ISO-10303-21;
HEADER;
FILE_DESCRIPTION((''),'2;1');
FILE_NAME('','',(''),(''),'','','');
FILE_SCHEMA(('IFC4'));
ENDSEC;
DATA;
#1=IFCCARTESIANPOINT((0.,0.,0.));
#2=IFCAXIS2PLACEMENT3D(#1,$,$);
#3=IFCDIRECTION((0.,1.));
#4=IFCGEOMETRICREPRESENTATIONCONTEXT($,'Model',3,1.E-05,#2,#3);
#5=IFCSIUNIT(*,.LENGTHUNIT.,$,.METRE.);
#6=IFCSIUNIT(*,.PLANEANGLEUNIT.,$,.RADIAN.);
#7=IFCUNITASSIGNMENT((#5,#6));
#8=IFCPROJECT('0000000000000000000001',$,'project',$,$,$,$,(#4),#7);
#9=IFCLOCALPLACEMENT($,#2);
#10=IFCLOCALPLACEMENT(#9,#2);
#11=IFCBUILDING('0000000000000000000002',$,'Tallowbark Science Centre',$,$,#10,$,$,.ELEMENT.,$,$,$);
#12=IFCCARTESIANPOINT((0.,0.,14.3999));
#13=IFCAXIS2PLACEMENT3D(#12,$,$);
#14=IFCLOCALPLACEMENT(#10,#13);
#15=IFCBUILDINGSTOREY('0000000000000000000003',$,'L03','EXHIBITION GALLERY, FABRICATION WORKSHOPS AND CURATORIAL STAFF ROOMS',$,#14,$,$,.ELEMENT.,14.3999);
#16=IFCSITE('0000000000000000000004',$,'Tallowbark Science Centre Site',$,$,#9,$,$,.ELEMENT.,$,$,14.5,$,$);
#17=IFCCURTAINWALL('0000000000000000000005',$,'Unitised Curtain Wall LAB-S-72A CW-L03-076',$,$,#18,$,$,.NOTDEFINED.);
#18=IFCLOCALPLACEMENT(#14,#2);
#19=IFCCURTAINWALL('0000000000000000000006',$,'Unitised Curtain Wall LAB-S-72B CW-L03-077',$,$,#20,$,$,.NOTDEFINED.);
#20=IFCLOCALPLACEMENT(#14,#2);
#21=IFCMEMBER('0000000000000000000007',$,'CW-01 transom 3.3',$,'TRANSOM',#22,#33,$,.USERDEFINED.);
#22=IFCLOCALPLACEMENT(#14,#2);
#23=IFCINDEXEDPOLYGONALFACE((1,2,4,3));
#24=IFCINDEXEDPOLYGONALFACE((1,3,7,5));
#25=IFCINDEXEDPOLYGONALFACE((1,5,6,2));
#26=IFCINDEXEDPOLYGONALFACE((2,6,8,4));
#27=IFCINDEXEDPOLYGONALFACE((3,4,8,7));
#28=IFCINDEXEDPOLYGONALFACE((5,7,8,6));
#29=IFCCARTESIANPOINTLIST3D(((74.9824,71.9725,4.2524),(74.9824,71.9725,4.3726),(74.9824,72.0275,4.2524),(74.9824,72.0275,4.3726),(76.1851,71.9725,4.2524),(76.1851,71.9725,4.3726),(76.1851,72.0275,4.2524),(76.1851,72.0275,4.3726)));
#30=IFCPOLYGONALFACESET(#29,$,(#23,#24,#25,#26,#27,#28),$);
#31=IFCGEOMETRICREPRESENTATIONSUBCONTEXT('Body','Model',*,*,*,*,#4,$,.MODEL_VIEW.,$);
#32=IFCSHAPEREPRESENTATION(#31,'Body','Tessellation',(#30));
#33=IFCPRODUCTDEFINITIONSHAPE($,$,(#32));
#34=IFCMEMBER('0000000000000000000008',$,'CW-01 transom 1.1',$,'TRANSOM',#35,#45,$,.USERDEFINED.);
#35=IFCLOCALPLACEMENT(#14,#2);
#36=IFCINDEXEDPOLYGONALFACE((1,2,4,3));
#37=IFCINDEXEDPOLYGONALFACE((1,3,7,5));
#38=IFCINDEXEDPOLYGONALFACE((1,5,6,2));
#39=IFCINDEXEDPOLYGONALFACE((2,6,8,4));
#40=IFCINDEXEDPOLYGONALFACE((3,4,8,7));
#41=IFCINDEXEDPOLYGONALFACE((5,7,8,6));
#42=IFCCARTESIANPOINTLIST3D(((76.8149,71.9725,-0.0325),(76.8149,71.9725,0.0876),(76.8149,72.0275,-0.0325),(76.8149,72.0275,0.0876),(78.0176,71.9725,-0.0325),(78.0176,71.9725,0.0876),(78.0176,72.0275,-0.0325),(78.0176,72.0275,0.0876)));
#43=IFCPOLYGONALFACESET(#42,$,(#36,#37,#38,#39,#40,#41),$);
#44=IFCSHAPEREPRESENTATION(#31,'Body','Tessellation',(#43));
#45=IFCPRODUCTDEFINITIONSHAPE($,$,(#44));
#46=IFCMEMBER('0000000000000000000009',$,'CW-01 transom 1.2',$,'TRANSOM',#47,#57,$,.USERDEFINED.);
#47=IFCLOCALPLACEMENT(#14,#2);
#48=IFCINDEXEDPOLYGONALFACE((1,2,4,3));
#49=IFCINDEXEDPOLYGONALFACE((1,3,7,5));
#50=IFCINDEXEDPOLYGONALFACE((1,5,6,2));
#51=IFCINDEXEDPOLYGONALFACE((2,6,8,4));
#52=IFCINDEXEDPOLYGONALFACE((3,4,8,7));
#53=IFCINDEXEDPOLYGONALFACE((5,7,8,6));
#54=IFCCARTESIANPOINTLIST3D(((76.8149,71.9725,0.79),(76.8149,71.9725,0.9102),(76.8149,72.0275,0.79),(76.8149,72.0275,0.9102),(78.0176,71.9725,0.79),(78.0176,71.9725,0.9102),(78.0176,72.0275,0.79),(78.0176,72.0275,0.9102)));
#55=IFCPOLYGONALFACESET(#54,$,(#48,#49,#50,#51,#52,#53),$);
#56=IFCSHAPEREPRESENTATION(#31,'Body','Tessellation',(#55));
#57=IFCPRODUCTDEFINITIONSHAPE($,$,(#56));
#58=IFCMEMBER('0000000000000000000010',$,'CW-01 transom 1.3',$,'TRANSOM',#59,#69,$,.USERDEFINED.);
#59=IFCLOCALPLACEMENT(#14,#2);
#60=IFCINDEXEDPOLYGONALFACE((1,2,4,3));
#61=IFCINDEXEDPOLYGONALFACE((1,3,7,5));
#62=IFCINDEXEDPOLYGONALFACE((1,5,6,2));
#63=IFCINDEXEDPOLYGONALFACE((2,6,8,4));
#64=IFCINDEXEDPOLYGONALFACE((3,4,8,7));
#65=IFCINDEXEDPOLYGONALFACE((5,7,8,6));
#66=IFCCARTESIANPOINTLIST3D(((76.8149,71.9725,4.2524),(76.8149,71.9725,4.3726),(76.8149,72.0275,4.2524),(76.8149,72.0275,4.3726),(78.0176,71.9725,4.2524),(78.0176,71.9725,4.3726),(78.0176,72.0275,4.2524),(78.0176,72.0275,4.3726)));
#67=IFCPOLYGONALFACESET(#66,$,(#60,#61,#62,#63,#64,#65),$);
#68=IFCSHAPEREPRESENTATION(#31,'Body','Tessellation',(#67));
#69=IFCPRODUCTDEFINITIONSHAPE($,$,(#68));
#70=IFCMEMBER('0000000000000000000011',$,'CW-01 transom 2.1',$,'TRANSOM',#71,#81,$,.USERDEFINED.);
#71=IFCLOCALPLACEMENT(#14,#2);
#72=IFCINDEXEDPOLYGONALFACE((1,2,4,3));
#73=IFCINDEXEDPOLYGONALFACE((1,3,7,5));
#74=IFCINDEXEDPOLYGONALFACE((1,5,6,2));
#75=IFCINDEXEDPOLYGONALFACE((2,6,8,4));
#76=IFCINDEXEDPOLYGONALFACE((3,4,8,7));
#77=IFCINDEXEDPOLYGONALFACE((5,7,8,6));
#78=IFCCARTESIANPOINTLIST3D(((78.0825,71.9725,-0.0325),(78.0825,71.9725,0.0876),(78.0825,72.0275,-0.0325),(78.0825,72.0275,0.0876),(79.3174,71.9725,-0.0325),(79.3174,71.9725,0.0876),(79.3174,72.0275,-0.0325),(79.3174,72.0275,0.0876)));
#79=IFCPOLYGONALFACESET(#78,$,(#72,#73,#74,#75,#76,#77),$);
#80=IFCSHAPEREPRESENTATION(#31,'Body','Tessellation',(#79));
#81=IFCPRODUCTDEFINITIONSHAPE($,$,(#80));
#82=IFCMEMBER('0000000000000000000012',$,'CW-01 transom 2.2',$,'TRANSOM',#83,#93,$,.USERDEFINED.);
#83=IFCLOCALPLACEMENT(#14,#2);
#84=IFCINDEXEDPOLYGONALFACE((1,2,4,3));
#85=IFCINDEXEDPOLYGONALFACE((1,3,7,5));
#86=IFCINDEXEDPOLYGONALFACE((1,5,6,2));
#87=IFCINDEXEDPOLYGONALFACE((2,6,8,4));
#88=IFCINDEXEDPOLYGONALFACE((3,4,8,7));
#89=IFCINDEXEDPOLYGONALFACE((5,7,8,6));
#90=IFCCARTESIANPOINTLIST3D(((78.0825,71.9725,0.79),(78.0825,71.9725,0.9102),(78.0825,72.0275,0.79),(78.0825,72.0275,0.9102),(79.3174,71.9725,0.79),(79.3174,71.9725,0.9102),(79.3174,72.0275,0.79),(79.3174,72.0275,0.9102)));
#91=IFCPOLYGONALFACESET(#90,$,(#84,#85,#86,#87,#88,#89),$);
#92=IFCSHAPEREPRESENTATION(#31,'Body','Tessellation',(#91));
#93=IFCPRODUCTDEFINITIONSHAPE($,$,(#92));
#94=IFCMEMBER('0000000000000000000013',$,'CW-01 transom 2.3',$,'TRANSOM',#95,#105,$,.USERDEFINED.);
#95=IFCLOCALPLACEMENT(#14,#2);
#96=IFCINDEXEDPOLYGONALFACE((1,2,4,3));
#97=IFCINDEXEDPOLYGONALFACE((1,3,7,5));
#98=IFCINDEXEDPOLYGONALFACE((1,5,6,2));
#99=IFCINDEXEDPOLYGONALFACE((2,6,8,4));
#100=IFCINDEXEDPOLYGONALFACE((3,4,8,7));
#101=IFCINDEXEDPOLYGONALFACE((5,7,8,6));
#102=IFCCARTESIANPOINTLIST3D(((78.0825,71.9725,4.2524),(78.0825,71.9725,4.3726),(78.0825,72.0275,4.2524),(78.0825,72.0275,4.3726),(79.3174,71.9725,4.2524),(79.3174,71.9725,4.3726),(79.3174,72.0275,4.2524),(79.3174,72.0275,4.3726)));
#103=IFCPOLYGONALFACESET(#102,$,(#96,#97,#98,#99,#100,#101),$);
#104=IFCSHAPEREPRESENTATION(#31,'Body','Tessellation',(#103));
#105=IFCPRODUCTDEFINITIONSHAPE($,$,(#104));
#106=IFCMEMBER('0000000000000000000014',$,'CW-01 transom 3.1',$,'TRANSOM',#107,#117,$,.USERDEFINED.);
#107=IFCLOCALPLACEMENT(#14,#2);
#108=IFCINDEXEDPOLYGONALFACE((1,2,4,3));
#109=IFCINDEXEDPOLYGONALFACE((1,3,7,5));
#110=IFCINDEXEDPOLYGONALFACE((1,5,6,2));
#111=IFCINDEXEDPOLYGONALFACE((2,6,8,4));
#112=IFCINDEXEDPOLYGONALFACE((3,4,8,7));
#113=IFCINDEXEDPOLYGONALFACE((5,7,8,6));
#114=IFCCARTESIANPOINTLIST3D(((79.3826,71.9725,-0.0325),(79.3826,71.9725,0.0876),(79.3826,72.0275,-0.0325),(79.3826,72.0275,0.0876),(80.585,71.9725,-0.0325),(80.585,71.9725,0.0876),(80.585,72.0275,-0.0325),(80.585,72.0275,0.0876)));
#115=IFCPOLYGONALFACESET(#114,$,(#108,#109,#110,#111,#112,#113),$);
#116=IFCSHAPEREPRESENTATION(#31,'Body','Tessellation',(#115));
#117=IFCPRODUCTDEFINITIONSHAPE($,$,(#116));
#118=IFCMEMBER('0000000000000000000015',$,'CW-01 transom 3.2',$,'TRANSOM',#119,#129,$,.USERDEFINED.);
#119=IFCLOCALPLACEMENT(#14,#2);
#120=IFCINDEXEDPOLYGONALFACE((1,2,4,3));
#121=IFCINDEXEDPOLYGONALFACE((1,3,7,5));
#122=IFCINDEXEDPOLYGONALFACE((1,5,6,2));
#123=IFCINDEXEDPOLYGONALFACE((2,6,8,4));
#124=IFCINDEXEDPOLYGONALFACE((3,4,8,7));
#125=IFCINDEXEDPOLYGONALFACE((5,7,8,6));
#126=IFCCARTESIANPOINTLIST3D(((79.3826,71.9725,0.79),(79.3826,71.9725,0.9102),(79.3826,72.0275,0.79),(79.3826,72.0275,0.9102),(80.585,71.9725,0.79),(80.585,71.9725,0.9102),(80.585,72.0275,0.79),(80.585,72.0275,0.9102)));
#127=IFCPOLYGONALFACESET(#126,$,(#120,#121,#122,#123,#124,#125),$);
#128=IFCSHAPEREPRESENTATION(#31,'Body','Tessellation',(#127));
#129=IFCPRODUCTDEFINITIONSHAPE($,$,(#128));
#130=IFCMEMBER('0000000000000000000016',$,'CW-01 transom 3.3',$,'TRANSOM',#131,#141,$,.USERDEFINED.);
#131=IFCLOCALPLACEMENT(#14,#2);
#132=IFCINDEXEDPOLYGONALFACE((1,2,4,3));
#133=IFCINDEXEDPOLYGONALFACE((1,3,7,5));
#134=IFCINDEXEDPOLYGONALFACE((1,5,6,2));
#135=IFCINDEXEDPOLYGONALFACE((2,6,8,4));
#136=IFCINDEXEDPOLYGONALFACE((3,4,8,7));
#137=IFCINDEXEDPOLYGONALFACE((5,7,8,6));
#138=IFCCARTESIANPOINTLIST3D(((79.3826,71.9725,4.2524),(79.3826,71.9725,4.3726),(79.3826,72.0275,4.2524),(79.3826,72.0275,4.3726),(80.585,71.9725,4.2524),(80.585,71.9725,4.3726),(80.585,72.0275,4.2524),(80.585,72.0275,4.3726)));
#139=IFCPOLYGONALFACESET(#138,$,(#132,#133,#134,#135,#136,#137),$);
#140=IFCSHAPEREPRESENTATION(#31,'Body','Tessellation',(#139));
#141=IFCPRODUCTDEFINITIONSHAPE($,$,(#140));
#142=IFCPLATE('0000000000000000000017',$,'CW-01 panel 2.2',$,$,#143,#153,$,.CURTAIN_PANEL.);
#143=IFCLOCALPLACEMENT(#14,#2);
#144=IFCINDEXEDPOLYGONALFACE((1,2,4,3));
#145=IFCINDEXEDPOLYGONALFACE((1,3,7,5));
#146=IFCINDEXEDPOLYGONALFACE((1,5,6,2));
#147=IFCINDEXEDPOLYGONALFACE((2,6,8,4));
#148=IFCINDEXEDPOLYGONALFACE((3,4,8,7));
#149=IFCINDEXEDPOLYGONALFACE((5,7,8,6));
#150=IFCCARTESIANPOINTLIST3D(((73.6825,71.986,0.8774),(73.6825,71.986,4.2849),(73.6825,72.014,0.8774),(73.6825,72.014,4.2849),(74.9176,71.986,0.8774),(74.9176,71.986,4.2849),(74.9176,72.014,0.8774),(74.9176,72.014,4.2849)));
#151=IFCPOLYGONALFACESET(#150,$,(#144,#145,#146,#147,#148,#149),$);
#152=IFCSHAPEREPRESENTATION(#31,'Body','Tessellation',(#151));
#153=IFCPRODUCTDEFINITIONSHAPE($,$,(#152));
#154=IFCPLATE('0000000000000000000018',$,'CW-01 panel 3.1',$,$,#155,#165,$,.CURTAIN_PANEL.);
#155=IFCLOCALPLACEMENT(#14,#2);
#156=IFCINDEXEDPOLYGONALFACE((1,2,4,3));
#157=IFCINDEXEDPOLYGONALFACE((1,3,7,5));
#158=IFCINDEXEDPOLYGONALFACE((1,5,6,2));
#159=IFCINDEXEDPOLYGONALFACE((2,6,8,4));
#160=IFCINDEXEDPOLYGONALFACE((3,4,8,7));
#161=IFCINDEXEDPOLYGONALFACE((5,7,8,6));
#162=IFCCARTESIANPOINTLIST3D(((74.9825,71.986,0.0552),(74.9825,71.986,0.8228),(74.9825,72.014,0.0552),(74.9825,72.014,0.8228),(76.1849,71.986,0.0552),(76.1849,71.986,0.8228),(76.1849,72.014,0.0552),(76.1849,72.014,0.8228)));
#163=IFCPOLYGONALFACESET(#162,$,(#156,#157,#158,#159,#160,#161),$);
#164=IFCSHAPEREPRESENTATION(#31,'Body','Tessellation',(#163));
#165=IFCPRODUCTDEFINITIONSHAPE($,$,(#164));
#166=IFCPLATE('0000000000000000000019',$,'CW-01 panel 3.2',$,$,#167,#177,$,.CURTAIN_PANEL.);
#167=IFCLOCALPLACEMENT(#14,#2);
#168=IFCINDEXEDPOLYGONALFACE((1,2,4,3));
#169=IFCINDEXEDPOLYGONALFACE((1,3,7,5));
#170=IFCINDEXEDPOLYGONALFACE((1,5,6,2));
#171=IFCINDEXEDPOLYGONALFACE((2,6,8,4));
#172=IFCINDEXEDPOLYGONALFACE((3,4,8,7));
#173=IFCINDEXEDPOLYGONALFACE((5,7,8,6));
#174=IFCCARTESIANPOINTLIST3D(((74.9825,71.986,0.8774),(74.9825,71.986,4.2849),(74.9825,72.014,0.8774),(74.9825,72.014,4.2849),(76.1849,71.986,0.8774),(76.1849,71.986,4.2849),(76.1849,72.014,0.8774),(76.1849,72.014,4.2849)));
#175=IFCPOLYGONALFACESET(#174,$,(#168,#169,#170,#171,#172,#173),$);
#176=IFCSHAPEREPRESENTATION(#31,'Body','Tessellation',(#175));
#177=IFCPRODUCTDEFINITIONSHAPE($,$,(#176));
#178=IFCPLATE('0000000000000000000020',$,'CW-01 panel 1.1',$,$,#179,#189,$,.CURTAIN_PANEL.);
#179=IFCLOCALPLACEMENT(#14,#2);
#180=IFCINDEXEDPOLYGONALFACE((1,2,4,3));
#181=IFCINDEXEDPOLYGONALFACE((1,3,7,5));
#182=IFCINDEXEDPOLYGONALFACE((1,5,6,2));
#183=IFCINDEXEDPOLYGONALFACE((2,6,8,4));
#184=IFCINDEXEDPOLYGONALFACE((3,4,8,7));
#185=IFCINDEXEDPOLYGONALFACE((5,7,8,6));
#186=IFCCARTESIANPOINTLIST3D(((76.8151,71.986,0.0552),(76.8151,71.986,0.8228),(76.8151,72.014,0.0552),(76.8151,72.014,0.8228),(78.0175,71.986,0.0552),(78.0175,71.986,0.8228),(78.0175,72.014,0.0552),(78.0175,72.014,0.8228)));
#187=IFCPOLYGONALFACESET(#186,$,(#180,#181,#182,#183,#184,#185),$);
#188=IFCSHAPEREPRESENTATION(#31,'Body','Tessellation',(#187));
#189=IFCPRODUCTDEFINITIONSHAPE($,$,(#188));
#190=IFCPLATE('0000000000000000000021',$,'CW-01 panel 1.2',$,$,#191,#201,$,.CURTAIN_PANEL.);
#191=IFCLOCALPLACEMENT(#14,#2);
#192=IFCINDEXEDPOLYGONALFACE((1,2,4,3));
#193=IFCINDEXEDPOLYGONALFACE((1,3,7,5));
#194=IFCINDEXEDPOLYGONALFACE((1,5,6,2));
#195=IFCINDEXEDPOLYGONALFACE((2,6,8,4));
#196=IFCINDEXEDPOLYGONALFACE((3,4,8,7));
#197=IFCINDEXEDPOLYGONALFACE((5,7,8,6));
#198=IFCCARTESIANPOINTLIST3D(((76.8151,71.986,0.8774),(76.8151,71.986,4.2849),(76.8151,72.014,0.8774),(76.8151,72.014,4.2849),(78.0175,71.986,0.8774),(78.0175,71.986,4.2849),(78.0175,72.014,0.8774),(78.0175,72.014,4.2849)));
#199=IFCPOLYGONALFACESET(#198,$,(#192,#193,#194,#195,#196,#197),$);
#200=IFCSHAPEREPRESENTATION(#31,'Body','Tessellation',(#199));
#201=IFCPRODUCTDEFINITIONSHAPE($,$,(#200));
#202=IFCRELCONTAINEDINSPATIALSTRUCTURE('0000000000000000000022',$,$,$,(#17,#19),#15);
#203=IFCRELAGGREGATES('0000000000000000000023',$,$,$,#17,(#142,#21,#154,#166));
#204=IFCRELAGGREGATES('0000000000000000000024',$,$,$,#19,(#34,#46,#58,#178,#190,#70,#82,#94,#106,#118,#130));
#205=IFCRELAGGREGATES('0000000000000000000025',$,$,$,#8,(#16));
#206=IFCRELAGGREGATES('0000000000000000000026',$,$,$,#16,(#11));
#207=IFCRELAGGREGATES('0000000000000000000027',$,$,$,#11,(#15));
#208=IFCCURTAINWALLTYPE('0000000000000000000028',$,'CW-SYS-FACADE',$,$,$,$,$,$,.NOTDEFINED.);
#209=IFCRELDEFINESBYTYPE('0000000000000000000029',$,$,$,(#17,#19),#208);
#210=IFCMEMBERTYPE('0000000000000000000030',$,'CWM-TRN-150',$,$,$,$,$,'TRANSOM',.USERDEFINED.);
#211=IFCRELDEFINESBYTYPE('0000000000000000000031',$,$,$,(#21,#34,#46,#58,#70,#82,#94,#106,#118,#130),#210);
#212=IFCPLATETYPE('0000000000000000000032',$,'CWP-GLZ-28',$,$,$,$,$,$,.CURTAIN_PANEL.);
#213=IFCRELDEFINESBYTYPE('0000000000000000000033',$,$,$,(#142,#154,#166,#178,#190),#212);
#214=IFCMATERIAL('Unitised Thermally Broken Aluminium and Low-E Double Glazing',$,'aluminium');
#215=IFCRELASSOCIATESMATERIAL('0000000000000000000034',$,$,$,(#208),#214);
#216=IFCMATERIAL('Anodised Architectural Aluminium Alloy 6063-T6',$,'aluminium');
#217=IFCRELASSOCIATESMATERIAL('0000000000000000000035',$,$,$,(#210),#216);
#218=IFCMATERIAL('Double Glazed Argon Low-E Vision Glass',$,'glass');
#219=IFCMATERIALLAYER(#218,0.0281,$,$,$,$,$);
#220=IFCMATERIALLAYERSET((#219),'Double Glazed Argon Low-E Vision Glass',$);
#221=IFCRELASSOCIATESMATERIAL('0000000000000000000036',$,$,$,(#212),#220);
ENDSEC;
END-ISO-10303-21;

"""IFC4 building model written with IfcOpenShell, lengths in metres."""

from ifc_helpers import new_model, si_unit, direction, frame, origin, origin_2d, place, context, subcontext, project, spatial, rectangle, extrude, material, layer, layer_set, material_profile, profile_set, type_object, element, aggregate, save


model = new_model("IFC4")

# Units and contexts
model_context = context("Model", 3, precision=1e-05, world=origin(), true_north=direction((0.0, 1.0)))
body_context = subcontext(model_context, "Body", "Model", "MODEL_VIEW")
ifc_project = project(units=[si_unit("LENGTHUNIT", "METRE"), si_unit("PLANEANGLEUNIT", "RADIAN")], contexts=[model_context])

# Site, building, storey
site_placement = place(None, origin())
site = spatial("IfcSite", under=ifc_project, at=site_placement, Name="Tallowbark Science Centre Site", CompositionType="ELEMENT", RefElevation=14.5)
building_placement = place(site_placement, origin())
building = spatial("IfcBuilding", under=site, at=building_placement, Name="Tallowbark Science Centre", CompositionType="ELEMENT")
storey_placement = place(building_placement, frame((0.0, 0.0, 14.3999)))
storey = spatial("IfcBuildingStorey", under=building, at=storey_placement, Name="L03", Description="EXHIBITION GALLERY, FABRICATION WORKSHOPS AND CURATORIAL STAFF ROOMS", CompositionType="ELEMENT", Elevation=14.3999)

# Curtain walls
ifc_material_1 = material(Name="Unitised Thermally Broken Aluminium and Low-E Double Glazing", Category="aluminium")
curtain_wall_type = type_object("IfcCurtainWallType", Name="CW-SYS-FACADE", PredefinedType="NOTDEFINED", material=ifc_material_1)
curtain_wall_1_placement = place(storey_placement, origin())
curtain_wall_1 = element("IfcCurtainWall", 1, at=curtain_wall_1_placement, inside=storey, type_object=curtain_wall_type, Name="Unitised Curtain Wall LAB-S-72A CW-L03-076", PredefinedType="NOTDEFINED")
ifc_material_2 = material(Name="Anodised Architectural Aluminium Alloy 6063-T6", Category="aluminium")
curtain_wall_2_placement = place(storey_placement, origin())
curtain_wall_2 = element("IfcCurtainWall", 2, at=curtain_wall_2_placement, inside=storey, type_object=curtain_wall_type, Name="Unitised Curtain Wall LAB-S-72B CW-L03-077", PredefinedType="NOTDEFINED")

# Members
ifc_material_profile_1 = material_profile(ifc_material_2, rectangle(XDim=0.0549, YDim=0.1201, at=origin_2d()), Name="ALU55x120")
ifc_profile_set_1 = profile_set([ifc_material_profile_1], Name="Anodised Architectural Aluminium Alloy 6063-T6")
member_type_1 = type_object("IfcMemberType", Name="CWM-TRN-150", ElementType="TRANSOM", PredefinedType="USERDEFINED", material=ifc_profile_set_1)
member_1_placement = place(storey_placement, frame((74.9824, 72.0, 4.3125), z_axis=(1.0, 0.0, 0.0), x_axis=(0.0, 1.0, 0.0)))
member_1 = element("IfcMember", 3, at=member_1_placement, type_object=member_type_1, Name="CW-01 transom 3.3", ObjectType="TRANSOM", PredefinedType="USERDEFINED", context=body_context, shape_type="SweptSolid", body=[
    extrude(rectangle(XDim=0.0549, YDim=0.1201, at=origin_2d()), origin(), (0.0, 0.0, 1.0), 1.2026),
])
member_2_placement = place(storey_placement, frame((76.8149, 72.0, 0.0276), z_axis=(1.0, 0.0, 0.0), x_axis=(0.0, 1.0, 0.0)))
member_2 = element("IfcMember", 4, at=member_2_placement, type_object=member_type_1, Name="CW-01 transom 1.1", ObjectType="TRANSOM", PredefinedType="USERDEFINED", context=body_context, shape_type="SweptSolid", body=[
    extrude(rectangle(XDim=0.0549, YDim=0.1201, at=origin_2d()), origin(), (0.0, 0.0, 1.0), 1.2026),
])
member_3_placement = place(storey_placement, frame((76.8149, 72.0, 0.8501), z_axis=(1.0, 0.0, 0.0), x_axis=(0.0, 1.0, 0.0)))
member_3 = element("IfcMember", 5, at=member_3_placement, type_object=member_type_1, Name="CW-01 transom 1.2", ObjectType="TRANSOM", PredefinedType="USERDEFINED", context=body_context, shape_type="SweptSolid", body=[
    extrude(rectangle(XDim=0.0549, YDim=0.1201, at=origin_2d()), origin(), (0.0, 0.0, 1.0), 1.2026),
])
member_4_placement = place(storey_placement, frame((76.8149, 72.0, 4.3125), z_axis=(1.0, 0.0, 0.0), x_axis=(0.0, 1.0, 0.0)))
member_4 = element("IfcMember", 6, at=member_4_placement, type_object=member_type_1, Name="CW-01 transom 1.3", ObjectType="TRANSOM", PredefinedType="USERDEFINED", context=body_context, shape_type="SweptSolid", body=[
    extrude(rectangle(XDim=0.0549, YDim=0.1201, at=origin_2d()), origin(), (0.0, 0.0, 1.0), 1.2026),
])
member_5_placement = place(storey_placement, frame((78.0825, 72.0, 0.0276), z_axis=(1.0, 0.0, 0.0), x_axis=(0.0, 1.0, 0.0)))
member_5 = element("IfcMember", 7, at=member_5_placement, type_object=member_type_1, Name="CW-01 transom 2.1", ObjectType="TRANSOM", PredefinedType="USERDEFINED", context=body_context, shape_type="SweptSolid", body=[
    extrude(rectangle(XDim=0.0549, YDim=0.1201, at=origin_2d()), origin(), (0.0, 0.0, 1.0), 1.2349),
])
member_6_placement = place(storey_placement, frame((78.0825, 72.0, 0.8501), z_axis=(1.0, 0.0, 0.0), x_axis=(0.0, 1.0, 0.0)))
member_6 = element("IfcMember", 8, at=member_6_placement, type_object=member_type_1, Name="CW-01 transom 2.2", ObjectType="TRANSOM", PredefinedType="USERDEFINED", context=body_context, shape_type="SweptSolid", body=[
    extrude(rectangle(XDim=0.0549, YDim=0.1201, at=origin_2d()), origin(), (0.0, 0.0, 1.0), 1.2349),
])
member_7_placement = place(storey_placement, frame((78.0825, 72.0, 4.3125), z_axis=(1.0, 0.0, 0.0), x_axis=(0.0, 1.0, 0.0)))
member_7 = element("IfcMember", 9, at=member_7_placement, type_object=member_type_1, Name="CW-01 transom 2.3", ObjectType="TRANSOM", PredefinedType="USERDEFINED", context=body_context, shape_type="SweptSolid", body=[
    extrude(rectangle(XDim=0.0549, YDim=0.1201, at=origin_2d()), origin(), (0.0, 0.0, 1.0), 1.2349),
])
member_8_placement = place(storey_placement, frame((79.3826, 72.0, 0.0276), z_axis=(1.0, 0.0, 0.0), x_axis=(0.0, 1.0, 0.0)))
member_8 = element("IfcMember", 10, at=member_8_placement, type_object=member_type_1, Name="CW-01 transom 3.1", ObjectType="TRANSOM", PredefinedType="USERDEFINED", context=body_context, shape_type="SweptSolid", body=[
    extrude(rectangle(XDim=0.0549, YDim=0.1201, at=origin_2d()), origin(), (0.0, 0.0, 1.0), 1.2024),
])
member_9_placement = place(storey_placement, frame((79.3826, 72.0, 0.8501), z_axis=(1.0, 0.0, 0.0), x_axis=(0.0, 1.0, 0.0)))
member_9 = element("IfcMember", 11, at=member_9_placement, type_object=member_type_1, Name="CW-01 transom 3.2", ObjectType="TRANSOM", PredefinedType="USERDEFINED", context=body_context, shape_type="SweptSolid", body=[
    extrude(rectangle(XDim=0.0549, YDim=0.1201, at=origin_2d()), origin(), (0.0, 0.0, 1.0), 1.2024),
])
member_10_placement = place(storey_placement, frame((79.3826, 72.0, 4.3125), z_axis=(1.0, 0.0, 0.0), x_axis=(0.0, 1.0, 0.0)))
member_10 = element("IfcMember", 12, at=member_10_placement, type_object=member_type_1, Name="CW-01 transom 3.3", ObjectType="TRANSOM", PredefinedType="USERDEFINED", context=body_context, shape_type="SweptSolid", body=[
    extrude(rectangle(XDim=0.0549, YDim=0.1201, at=origin_2d()), origin(), (0.0, 0.0, 1.0), 1.2024),
])

# Plates
ifc_material_3 = material(Name="Double Glazed Argon Low-E Vision Glass", Category="glass")
ifc_layer_1 = layer(ifc_material_3, 0.0281)
ifc_layer_set_1 = layer_set([ifc_layer_1], Name="Double Glazed Argon Low-E Vision Glass")
plate_type = type_object("IfcPlateType", Name="CWP-GLZ-28", PredefinedType="CURTAIN_PANEL", material=ifc_layer_set_1)
plate_1_placement = place(storey_placement, frame((74.3, 72.0, 0.8774), z_axis=(0.0, 0.0, 1.0), x_axis=(1.0, 0.0, 0.0)))
plate_1 = element("IfcPlate", 13, at=plate_1_placement, type_object=plate_type, Name="CW-01 panel 2.2", PredefinedType="CURTAIN_PANEL", context=body_context, shape_type="SweptSolid", body=[
    extrude(rectangle(XDim=1.2351, YDim=0.0281, at=origin_2d()), origin(), (0.0, 0.0, 1.0), 3.4075),
])
plate_2_placement = place(storey_placement, frame((75.5837, 72.0, 0.0552), z_axis=(0.0, 0.0, 1.0), x_axis=(1.0, 0.0, 0.0)))
plate_2 = element("IfcPlate", 14, at=plate_2_placement, type_object=plate_type, Name="CW-01 panel 3.1", PredefinedType="CURTAIN_PANEL", context=body_context, shape_type="SweptSolid", body=[
    extrude(rectangle(XDim=1.2024, YDim=0.0281, at=origin_2d()), origin(), (0.0, 0.0, 1.0), 0.7676),
])
plate_3_placement = place(storey_placement, frame((75.5837, 72.0, 0.8774), z_axis=(0.0, 0.0, 1.0), x_axis=(1.0, 0.0, 0.0)))
plate_3 = element("IfcPlate", 15, at=plate_3_placement, type_object=plate_type, Name="CW-01 panel 3.2", PredefinedType="CURTAIN_PANEL", context=body_context, shape_type="SweptSolid", body=[
    extrude(rectangle(XDim=1.2024, YDim=0.0281, at=origin_2d()), origin(), (0.0, 0.0, 1.0), 3.4075),
])
aggregate(curtain_wall_1, [plate_1, member_1, plate_2, plate_3])
plate_4_placement = place(storey_placement, frame((77.4163, 72.0, 0.0552), z_axis=(0.0, 0.0, 1.0), x_axis=(1.0, 0.0, 0.0)))
plate_4 = element("IfcPlate", 16, at=plate_4_placement, type_object=plate_type, Name="CW-01 panel 1.1", PredefinedType="CURTAIN_PANEL", context=body_context, shape_type="SweptSolid", body=[
    extrude(rectangle(XDim=1.2024, YDim=0.0281, at=origin_2d()), origin(), (0.0, 0.0, 1.0), 0.7676),
])
plate_5_placement = place(storey_placement, frame((77.4163, 72.0, 0.8774), z_axis=(0.0, 0.0, 1.0), x_axis=(1.0, 0.0, 0.0)))
plate_5 = element("IfcPlate", 17, at=plate_5_placement, type_object=plate_type, Name="CW-01 panel 1.2", PredefinedType="CURTAIN_PANEL", context=body_context, shape_type="SweptSolid", body=[
    extrude(rectangle(XDim=1.2024, YDim=0.0281, at=origin_2d()), origin(), (0.0, 0.0, 1.0), 3.4075),
])
aggregate(curtain_wall_2, [member_2, member_3, member_4, plate_4, plate_5, member_5, member_6, member_7, member_8, member_9, member_10])

save(model, "model.ifc")
